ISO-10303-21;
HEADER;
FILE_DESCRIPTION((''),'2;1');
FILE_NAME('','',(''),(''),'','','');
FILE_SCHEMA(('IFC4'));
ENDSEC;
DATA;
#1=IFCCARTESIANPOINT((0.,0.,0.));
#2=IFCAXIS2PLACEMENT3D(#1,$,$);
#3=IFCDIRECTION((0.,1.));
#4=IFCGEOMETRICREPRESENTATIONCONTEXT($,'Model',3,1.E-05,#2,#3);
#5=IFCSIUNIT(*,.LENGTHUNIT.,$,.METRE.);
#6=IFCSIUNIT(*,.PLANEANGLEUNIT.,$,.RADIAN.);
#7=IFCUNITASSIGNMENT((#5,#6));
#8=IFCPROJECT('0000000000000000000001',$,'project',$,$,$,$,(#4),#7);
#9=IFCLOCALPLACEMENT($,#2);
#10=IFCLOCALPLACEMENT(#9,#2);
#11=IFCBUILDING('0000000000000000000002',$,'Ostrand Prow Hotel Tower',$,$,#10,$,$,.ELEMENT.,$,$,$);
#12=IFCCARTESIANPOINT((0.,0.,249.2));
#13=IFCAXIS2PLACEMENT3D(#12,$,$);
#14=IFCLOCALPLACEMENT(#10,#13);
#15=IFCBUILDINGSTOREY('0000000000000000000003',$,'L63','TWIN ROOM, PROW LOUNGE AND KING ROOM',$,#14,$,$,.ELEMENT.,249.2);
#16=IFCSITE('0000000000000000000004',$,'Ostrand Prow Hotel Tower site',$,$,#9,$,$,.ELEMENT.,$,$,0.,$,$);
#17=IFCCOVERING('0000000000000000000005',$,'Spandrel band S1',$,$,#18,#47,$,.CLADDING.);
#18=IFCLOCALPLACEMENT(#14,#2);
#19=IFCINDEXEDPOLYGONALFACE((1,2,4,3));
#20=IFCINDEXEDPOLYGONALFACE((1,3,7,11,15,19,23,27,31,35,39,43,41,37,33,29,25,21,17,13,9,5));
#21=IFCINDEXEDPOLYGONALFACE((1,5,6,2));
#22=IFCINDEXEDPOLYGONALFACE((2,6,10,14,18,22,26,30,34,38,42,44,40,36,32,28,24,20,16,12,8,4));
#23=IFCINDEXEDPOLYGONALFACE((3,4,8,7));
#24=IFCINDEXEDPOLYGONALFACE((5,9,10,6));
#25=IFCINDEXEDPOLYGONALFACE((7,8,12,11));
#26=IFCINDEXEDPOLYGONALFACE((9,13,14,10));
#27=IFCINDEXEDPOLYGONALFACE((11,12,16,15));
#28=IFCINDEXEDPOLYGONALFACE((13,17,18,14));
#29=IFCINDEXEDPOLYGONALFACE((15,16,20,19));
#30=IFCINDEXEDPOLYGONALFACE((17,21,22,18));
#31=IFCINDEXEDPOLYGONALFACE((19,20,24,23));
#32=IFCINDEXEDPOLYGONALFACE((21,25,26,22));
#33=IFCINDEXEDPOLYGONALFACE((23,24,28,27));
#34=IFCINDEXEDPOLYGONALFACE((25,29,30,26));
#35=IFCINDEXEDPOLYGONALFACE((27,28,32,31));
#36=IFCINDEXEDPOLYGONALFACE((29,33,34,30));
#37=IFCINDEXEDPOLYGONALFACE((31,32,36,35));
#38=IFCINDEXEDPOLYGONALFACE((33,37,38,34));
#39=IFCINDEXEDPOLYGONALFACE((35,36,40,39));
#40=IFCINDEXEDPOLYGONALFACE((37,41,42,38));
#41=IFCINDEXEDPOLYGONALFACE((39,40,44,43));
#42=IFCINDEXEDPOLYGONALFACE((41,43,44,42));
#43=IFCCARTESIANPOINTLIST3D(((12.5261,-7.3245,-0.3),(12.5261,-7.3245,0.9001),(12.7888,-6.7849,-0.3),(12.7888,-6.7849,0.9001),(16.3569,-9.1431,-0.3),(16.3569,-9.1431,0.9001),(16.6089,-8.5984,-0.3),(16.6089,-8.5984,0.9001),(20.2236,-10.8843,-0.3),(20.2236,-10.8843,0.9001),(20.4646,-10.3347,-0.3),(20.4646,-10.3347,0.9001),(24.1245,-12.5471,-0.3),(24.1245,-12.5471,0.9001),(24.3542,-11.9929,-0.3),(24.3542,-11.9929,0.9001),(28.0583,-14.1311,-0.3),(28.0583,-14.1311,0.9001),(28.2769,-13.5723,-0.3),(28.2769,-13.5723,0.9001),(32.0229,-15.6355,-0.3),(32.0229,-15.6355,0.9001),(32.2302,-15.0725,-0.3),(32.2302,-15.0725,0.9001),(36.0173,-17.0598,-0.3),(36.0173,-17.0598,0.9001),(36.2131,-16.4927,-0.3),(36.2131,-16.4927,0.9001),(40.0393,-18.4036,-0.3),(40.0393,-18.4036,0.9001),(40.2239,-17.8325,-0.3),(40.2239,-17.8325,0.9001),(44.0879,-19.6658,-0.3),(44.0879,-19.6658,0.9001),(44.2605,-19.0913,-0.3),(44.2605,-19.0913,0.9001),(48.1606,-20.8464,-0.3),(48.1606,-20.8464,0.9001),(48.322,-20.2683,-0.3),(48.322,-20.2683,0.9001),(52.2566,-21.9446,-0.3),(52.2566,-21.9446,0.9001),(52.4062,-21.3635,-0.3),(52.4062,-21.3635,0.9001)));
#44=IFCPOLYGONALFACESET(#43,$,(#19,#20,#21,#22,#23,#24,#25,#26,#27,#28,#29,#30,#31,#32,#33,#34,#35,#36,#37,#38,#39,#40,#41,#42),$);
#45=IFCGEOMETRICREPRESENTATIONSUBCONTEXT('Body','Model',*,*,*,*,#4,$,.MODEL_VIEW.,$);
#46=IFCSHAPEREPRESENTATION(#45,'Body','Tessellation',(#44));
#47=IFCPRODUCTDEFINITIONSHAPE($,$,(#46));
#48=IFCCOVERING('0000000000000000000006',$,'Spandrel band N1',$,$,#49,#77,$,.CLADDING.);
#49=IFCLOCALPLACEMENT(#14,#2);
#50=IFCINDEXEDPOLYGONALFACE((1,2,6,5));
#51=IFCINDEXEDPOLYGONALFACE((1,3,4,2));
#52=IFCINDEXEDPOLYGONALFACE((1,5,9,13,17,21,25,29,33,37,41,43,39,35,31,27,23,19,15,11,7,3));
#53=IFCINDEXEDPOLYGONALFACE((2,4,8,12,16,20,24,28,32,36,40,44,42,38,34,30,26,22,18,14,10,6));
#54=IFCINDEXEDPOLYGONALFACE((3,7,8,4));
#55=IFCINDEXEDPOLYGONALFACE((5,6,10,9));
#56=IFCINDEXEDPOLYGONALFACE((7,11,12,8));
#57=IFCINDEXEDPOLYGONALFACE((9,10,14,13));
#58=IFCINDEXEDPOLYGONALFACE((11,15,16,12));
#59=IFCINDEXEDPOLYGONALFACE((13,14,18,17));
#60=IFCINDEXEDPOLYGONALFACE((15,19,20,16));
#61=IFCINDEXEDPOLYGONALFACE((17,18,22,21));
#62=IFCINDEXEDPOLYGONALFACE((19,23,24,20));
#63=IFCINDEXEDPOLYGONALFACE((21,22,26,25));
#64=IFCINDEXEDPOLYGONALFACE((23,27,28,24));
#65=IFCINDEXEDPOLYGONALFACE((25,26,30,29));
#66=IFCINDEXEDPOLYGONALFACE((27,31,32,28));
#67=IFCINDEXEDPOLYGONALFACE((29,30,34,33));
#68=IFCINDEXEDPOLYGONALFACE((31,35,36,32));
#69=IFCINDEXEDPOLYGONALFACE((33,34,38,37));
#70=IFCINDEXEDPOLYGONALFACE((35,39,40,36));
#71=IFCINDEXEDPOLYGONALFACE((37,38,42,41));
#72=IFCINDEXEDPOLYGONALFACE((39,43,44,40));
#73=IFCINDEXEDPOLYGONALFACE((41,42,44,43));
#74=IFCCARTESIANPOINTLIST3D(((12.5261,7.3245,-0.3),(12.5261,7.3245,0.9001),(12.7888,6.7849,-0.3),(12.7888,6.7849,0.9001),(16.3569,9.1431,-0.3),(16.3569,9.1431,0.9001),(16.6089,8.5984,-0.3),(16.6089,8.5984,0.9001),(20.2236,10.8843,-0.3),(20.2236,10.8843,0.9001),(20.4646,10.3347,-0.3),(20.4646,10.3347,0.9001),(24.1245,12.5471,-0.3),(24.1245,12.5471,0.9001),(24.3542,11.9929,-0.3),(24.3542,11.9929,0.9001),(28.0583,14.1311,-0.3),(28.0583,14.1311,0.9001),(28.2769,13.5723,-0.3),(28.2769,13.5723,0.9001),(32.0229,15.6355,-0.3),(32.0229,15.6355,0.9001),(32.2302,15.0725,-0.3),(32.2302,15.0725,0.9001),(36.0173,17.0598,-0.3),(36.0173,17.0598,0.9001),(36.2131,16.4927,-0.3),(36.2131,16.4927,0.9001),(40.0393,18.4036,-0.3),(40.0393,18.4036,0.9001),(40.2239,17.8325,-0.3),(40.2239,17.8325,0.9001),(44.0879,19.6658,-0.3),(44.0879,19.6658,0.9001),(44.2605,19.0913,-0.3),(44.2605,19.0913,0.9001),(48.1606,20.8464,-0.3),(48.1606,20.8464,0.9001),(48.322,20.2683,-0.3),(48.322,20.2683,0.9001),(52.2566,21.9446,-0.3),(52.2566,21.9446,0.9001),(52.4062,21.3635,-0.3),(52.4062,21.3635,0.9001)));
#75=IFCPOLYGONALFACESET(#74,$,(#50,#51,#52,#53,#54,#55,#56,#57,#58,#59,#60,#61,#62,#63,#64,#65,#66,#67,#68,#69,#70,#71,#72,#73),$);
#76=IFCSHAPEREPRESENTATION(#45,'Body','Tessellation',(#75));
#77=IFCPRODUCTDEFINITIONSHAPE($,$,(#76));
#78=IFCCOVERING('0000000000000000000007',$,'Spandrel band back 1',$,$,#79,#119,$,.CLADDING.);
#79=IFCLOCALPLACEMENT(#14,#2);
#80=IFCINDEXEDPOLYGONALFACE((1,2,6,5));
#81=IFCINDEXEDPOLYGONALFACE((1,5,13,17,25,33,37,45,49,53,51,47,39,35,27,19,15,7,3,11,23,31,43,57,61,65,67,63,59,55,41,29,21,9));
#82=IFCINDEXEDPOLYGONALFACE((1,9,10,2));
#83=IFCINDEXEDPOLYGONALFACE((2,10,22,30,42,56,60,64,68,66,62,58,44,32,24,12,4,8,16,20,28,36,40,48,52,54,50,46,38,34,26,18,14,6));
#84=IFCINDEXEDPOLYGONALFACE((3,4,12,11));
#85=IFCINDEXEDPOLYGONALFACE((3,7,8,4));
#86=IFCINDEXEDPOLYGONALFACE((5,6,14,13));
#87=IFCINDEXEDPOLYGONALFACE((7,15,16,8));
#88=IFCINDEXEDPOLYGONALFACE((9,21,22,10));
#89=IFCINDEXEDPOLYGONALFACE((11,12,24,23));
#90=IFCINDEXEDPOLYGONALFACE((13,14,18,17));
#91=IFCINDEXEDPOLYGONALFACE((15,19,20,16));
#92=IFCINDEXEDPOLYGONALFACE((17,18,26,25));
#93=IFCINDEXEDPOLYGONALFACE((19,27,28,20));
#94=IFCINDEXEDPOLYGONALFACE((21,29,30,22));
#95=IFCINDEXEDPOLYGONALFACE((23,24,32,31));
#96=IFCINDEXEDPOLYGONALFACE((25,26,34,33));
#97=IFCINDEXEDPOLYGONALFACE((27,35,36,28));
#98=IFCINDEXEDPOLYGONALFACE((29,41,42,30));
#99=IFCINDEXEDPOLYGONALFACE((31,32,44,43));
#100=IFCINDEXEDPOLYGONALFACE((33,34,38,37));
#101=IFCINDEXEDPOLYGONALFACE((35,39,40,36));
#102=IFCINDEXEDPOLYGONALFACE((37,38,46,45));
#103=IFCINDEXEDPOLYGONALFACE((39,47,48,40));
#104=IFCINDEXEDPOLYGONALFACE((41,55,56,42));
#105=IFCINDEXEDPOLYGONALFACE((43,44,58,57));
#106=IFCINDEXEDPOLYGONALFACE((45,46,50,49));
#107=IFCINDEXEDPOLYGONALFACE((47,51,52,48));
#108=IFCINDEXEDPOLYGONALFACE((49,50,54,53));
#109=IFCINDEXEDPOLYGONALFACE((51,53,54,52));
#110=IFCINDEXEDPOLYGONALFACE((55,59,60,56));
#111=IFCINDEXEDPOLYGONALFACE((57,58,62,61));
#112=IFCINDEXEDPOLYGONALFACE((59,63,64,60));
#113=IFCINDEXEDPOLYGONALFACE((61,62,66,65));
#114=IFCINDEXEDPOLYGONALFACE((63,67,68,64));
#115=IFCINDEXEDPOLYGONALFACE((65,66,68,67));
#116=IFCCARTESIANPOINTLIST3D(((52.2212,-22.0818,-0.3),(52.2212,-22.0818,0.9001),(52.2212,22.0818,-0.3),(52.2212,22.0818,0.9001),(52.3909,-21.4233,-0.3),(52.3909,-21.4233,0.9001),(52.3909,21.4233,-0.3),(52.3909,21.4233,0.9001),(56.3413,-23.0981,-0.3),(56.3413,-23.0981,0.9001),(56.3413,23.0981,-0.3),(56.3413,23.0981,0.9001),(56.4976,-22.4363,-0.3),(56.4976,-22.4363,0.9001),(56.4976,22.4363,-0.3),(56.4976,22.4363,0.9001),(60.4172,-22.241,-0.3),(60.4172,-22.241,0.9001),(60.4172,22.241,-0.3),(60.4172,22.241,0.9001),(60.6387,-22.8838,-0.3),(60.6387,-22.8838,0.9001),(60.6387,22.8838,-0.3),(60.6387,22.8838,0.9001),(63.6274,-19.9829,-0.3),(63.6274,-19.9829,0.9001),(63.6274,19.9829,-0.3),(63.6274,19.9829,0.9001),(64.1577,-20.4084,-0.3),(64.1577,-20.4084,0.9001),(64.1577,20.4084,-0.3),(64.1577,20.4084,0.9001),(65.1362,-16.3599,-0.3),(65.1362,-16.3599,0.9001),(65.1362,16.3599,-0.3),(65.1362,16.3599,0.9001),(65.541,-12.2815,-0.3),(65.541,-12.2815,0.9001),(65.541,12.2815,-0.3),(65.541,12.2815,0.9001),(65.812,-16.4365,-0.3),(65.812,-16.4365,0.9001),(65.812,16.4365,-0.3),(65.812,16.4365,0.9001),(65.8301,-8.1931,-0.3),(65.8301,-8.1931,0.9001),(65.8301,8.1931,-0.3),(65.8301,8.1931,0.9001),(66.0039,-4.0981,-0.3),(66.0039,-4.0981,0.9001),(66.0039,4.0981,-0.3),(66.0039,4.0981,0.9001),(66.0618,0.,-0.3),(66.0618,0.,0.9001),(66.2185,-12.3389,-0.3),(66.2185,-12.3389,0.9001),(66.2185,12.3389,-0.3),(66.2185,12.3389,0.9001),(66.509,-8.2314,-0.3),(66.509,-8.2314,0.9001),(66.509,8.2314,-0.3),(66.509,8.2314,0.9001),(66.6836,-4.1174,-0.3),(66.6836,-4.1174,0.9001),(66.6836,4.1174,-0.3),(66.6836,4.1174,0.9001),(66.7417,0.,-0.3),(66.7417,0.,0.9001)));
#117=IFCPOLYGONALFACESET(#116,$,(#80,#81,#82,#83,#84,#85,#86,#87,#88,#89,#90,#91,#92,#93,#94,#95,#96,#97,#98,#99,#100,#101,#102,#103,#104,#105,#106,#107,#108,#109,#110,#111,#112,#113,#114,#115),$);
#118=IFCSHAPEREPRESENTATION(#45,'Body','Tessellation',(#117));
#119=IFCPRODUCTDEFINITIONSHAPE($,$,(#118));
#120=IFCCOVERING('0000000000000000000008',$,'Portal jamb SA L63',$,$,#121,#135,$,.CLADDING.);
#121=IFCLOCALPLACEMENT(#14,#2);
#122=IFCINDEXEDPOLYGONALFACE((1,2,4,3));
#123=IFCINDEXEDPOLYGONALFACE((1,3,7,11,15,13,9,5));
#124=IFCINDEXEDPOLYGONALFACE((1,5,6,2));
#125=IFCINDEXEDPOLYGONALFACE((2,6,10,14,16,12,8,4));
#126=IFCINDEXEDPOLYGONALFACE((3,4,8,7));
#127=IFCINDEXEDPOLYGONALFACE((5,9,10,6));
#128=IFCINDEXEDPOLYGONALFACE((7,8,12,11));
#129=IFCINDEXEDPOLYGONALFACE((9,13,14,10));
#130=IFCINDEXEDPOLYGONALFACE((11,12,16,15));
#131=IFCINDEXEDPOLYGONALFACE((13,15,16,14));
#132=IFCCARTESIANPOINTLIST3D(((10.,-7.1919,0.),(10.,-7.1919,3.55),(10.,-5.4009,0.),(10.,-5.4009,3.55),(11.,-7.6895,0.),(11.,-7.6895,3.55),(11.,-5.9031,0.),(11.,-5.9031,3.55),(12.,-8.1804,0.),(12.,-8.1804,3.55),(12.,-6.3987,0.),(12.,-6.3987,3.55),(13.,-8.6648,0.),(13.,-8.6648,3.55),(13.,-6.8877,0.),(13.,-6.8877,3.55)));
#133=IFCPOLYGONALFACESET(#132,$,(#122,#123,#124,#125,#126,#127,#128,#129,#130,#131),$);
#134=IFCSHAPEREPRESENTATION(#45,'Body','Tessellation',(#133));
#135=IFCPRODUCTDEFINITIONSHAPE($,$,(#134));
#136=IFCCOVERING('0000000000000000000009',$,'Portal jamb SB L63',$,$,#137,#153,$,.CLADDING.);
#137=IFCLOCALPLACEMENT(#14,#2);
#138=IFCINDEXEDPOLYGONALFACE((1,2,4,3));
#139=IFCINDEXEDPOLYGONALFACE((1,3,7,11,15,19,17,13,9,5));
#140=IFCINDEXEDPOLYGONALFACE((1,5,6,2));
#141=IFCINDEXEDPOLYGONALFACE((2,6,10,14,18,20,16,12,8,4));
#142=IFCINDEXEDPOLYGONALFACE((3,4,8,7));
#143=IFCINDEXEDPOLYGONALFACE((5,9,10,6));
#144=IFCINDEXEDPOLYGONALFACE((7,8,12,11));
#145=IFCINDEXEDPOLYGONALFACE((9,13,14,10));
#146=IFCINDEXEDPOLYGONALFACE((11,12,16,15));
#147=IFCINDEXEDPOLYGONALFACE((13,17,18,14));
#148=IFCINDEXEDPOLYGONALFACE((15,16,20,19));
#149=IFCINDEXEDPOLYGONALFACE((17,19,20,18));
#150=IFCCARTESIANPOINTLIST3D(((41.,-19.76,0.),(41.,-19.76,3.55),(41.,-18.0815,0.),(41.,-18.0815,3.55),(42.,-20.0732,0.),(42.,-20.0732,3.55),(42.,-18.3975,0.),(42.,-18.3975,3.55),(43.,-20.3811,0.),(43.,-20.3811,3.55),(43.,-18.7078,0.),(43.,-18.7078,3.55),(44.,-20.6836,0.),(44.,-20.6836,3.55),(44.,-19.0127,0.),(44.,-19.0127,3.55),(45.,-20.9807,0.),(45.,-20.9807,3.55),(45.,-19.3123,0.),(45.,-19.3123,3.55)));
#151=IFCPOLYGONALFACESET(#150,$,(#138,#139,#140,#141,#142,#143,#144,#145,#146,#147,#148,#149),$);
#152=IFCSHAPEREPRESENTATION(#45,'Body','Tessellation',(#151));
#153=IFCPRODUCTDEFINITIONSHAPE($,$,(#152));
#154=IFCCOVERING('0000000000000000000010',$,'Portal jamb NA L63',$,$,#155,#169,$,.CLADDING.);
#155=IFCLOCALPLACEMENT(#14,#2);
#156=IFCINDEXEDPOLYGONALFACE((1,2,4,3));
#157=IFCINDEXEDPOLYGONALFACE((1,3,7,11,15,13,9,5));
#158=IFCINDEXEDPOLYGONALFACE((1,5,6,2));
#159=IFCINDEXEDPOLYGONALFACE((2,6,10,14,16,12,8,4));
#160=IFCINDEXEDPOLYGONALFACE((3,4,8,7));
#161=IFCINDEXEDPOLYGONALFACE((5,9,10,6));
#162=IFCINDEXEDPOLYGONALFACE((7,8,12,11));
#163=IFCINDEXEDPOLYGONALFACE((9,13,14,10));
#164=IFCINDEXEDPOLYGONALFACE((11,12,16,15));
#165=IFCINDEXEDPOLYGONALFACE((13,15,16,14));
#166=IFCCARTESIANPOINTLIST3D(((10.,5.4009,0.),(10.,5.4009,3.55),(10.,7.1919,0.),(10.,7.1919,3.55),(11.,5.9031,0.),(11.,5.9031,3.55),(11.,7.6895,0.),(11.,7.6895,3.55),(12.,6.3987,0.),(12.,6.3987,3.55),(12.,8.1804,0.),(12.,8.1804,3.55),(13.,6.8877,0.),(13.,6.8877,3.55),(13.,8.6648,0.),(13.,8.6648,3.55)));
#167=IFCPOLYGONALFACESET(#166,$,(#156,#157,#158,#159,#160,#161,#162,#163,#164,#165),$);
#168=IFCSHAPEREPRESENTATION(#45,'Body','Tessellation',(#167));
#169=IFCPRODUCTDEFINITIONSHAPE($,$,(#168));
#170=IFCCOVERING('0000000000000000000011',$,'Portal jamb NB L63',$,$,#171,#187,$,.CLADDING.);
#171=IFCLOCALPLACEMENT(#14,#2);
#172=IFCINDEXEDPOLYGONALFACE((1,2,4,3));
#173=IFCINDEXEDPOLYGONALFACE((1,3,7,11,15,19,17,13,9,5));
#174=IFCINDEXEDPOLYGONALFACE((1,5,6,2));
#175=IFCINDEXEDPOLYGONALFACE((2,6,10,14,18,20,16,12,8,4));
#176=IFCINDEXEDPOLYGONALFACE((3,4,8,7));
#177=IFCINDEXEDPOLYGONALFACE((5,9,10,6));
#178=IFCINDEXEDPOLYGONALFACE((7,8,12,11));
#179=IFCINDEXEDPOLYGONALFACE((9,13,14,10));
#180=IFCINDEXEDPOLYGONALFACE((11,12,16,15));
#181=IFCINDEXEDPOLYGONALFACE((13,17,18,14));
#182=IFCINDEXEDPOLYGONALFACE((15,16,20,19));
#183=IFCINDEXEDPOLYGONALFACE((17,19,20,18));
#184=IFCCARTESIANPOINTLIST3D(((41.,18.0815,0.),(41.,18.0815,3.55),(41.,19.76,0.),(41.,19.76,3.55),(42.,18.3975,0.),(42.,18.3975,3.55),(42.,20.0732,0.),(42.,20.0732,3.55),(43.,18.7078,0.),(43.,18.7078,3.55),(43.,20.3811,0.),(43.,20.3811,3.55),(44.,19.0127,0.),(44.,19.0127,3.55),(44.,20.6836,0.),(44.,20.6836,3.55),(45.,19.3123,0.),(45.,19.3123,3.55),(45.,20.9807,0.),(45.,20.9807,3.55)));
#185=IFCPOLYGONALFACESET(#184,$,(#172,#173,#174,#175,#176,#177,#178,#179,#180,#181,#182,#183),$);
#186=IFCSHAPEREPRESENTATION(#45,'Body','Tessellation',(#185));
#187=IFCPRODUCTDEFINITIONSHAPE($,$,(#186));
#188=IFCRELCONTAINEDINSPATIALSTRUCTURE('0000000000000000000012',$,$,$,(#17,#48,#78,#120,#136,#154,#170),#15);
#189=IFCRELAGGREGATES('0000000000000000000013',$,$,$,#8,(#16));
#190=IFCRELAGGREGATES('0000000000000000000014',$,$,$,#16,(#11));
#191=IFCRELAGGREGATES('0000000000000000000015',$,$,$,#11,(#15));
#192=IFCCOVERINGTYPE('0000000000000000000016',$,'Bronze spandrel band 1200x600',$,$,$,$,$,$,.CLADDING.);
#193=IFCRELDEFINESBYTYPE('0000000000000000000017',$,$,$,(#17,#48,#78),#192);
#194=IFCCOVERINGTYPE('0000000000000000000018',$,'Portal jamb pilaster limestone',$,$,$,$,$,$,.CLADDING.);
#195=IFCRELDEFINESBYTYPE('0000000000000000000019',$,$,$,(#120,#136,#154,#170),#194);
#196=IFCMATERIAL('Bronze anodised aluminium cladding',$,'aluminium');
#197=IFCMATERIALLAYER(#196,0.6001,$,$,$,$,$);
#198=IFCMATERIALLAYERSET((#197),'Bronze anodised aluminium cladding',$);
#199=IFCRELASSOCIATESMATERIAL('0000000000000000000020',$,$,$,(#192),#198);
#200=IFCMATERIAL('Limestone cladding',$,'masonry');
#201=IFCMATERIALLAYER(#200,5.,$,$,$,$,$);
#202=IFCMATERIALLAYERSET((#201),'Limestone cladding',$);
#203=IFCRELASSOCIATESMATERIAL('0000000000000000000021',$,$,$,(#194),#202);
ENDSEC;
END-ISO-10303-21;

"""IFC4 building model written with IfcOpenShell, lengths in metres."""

from ifc_helpers import new_model, si_unit, direction, frame, origin, place, context, subcontext, project, spatial, polyline, outline, extrude, material, layer, layer_set, type_object, element, save


model = new_model("IFC4")

# Units and contexts
model_context = context("Model", 3, precision=1e-05, world=origin(), true_north=direction((0.0, 1.0)))
body_context = subcontext(model_context, "Body", "Model", "MODEL_VIEW")
ifc_project = project(units=[si_unit("LENGTHUNIT", "METRE"), si_unit("PLANEANGLEUNIT", "RADIAN")], contexts=[model_context])

# Site, building, storey
site_placement = place(None, origin())
site = spatial("IfcSite", under=ifc_project, at=site_placement, Name="Ostrand Prow Hotel Tower site", CompositionType="ELEMENT", RefElevation=0.0)
building_placement = place(site_placement, origin())
building = spatial("IfcBuilding", under=site, at=building_placement, Name="Ostrand Prow Hotel Tower", CompositionType="ELEMENT")
storey_placement = place(building_placement, frame((0.0, 0.0, 249.2)))
storey = spatial("IfcBuildingStorey", under=building, at=storey_placement, Name="L63", Description="TWIN ROOM, PROW LOUNGE AND KING ROOM", CompositionType="ELEMENT", Elevation=249.2)

# Coverings
ifc_material_1 = material(Name="Bronze anodised aluminium cladding", Category="aluminium")
ifc_layer_1 = layer(ifc_material_1, 0.6001)
ifc_layer_set_1 = layer_set([ifc_layer_1], Name="Bronze anodised aluminium cladding")
covering_type_1 = type_object("IfcCoveringType", Name="Bronze spandrel band 1200x600", PredefinedType="CLADDING", material=ifc_layer_set_1)
covering_1_placement = place(storey_placement, frame((0.0, 0.0, -0.3)))
element("IfcCovering", 1, at=covering_1_placement, inside=storey, type_object=covering_type_1, Name="Spandrel band S1", PredefinedType="CLADDING", context=body_context, shape_type="SweptSolid", body=[
    extrude(outline(polyline([(12.5261, -7.3245), (16.3569, -9.1431), (20.2236, -10.8843), (24.1245, -12.5471), (28.0583, -14.1311), (32.0229, -15.6355), (36.0173, -17.0598), (40.0393, -18.4036), (44.0879, -19.6658), (48.1606, -20.8464), (52.2566, -21.9446), (52.4062, -21.3635), (48.322, -20.2683), (44.2605, -19.0913), (40.2239, -17.8325), (36.2131, -16.4927), (32.2302, -15.0725), (28.2769, -13.5723), (24.3542, -11.9929), (20.4646, -10.3347), (16.6089, -8.5984), (12.7888, -6.7849), (12.5261, -7.3245)])), origin(), (0.0, 0.0, 1.0), 1.2002),
])
covering_2_placement = place(storey_placement, frame((0.0, 0.0, -0.3)))
element("IfcCovering", 2, at=covering_2_placement, inside=storey, type_object=covering_type_1, Name="Spandrel band N1", PredefinedType="CLADDING", context=body_context, shape_type="SweptSolid", body=[
    extrude(outline(polyline([(52.2566, 21.9446), (48.1606, 20.8464), (44.0879, 19.6658), (40.0393, 18.4036), (36.0173, 17.0598), (32.0229, 15.6355), (28.0583, 14.1311), (24.1245, 12.5471), (20.2236, 10.8843), (16.3569, 9.1431), (12.5261, 7.3245), (12.7888, 6.7849), (16.6089, 8.5984), (20.4646, 10.3347), (24.3542, 11.9929), (28.2769, 13.5723), (32.2302, 15.0725), (36.2131, 16.4927), (40.2239, 17.8325), (44.2605, 19.0913), (48.322, 20.2683), (52.4062, 21.3635), (52.2566, 21.9446)])), origin(), (0.0, 0.0, 1.0), 1.2002),
])
covering_3_placement = place(storey_placement, frame((0.0, 0.0, -0.3)))
element("IfcCovering", 3, at=covering_3_placement, inside=storey, type_object=covering_type_1, Name="Spandrel band back 1", PredefinedType="CLADDING", context=body_context, shape_type="SweptSolid", body=[
    extrude(outline(polyline([(52.2212, -22.0818), (56.3413, -23.0981), (60.6387, -22.8838), (64.1577, -20.4084), (65.812, -16.4365), (66.2185, -12.3389), (66.509, -8.2314), (66.6836, -4.1174), (66.7417, 0.0), (66.6836, 4.1174), (66.509, 8.2314), (66.2185, 12.3389), (65.812, 16.4365), (64.1577, 20.4084), (60.6387, 22.8838), (56.3413, 23.0981), (52.2212, 22.0818), (52.3909, 21.4233), (56.4976, 22.4363), (60.4172, 22.241), (63.6274, 19.9829), (65.1362, 16.3599), (65.541, 12.2815), (65.8301, 8.1931), (66.0039, 4.0981), (66.0618, 0.0), (66.0039, -4.0981), (65.8301, -8.1931), (65.541, -12.2815), (65.1362, -16.3599), (63.6274, -19.9829), (60.4172, -22.241), (56.4976, -22.4363), (52.3909, -21.4233), (52.2212, -22.0818)])), origin(), (0.0, 0.0, 1.0), 1.2002),
])
ifc_material_2 = material(Name="Limestone cladding", Category="masonry")
ifc_layer_2 = layer(ifc_material_2, 5.0)
ifc_layer_set_2 = layer_set([ifc_layer_2], Name="Limestone cladding")
covering_type_2 = type_object("IfcCoveringType", Name="Portal jamb pilaster limestone", PredefinedType="CLADDING", material=ifc_layer_set_2)
covering_4_placement = place(storey_placement, origin())
element("IfcCovering", 4, at=covering_4_placement, inside=storey, type_object=covering_type_2, Name="Portal jamb SA L63", PredefinedType="CLADDING", context=body_context, shape_type="SweptSolid", body=[
    extrude(outline(polyline([(10.0, -5.4009), (10.0, -7.1919), (11.0, -7.6895), (12.0, -8.1804), (13.0, -8.6648), (13.0, -6.8877), (12.0, -6.3987), (11.0, -5.9031), (10.0, -5.4009)])), origin(), (0.0, 0.0, 1.0), 3.55),
])
covering_5_placement = place(storey_placement, origin())
element("IfcCovering", 5, at=covering_5_placement, inside=storey, type_object=covering_type_2, Name="Portal jamb SB L63", PredefinedType="CLADDING", context=body_context, shape_type="SweptSolid", body=[
    extrude(outline(polyline([(41.0, -18.0815), (41.0, -19.76), (42.0, -20.0732), (43.0, -20.3811), (44.0, -20.6836), (45.0, -20.9807), (45.0, -19.3123), (44.0, -19.0127), (43.0, -18.7078), (42.0, -18.3975), (41.0, -18.0815)])), origin(), (0.0, 0.0, 1.0), 3.55),
])
covering_6_placement = place(storey_placement, origin())
element("IfcCovering", 6, at=covering_6_placement, inside=storey, type_object=covering_type_2, Name="Portal jamb NA L63", PredefinedType="CLADDING", context=body_context, shape_type="SweptSolid", body=[
    extrude(outline(polyline([(10.0, 5.4009), (11.0, 5.9031), (12.0, 6.3987), (13.0, 6.8877), (13.0, 8.6648), (12.0, 8.1804), (11.0, 7.6895), (10.0, 7.1919), (10.0, 5.4009)])), origin(), (0.0, 0.0, 1.0), 3.55),
])
covering_7_placement = place(storey_placement, origin())
element("IfcCovering", 7, at=covering_7_placement, inside=storey, type_object=covering_type_2, Name="Portal jamb NB L63", PredefinedType="CLADDING", context=body_context, shape_type="SweptSolid", body=[
    extrude(outline(polyline([(41.0, 18.0815), (42.0, 18.3975), (43.0, 18.7078), (44.0, 19.0127), (45.0, 19.3123), (45.0, 20.9807), (44.0, 20.6836), (43.0, 20.3811), (42.0, 20.0732), (41.0, 19.76), (41.0, 18.0815)])), origin(), (0.0, 0.0, 1.0), 3.55),
])

save(model, "model.ifc")
